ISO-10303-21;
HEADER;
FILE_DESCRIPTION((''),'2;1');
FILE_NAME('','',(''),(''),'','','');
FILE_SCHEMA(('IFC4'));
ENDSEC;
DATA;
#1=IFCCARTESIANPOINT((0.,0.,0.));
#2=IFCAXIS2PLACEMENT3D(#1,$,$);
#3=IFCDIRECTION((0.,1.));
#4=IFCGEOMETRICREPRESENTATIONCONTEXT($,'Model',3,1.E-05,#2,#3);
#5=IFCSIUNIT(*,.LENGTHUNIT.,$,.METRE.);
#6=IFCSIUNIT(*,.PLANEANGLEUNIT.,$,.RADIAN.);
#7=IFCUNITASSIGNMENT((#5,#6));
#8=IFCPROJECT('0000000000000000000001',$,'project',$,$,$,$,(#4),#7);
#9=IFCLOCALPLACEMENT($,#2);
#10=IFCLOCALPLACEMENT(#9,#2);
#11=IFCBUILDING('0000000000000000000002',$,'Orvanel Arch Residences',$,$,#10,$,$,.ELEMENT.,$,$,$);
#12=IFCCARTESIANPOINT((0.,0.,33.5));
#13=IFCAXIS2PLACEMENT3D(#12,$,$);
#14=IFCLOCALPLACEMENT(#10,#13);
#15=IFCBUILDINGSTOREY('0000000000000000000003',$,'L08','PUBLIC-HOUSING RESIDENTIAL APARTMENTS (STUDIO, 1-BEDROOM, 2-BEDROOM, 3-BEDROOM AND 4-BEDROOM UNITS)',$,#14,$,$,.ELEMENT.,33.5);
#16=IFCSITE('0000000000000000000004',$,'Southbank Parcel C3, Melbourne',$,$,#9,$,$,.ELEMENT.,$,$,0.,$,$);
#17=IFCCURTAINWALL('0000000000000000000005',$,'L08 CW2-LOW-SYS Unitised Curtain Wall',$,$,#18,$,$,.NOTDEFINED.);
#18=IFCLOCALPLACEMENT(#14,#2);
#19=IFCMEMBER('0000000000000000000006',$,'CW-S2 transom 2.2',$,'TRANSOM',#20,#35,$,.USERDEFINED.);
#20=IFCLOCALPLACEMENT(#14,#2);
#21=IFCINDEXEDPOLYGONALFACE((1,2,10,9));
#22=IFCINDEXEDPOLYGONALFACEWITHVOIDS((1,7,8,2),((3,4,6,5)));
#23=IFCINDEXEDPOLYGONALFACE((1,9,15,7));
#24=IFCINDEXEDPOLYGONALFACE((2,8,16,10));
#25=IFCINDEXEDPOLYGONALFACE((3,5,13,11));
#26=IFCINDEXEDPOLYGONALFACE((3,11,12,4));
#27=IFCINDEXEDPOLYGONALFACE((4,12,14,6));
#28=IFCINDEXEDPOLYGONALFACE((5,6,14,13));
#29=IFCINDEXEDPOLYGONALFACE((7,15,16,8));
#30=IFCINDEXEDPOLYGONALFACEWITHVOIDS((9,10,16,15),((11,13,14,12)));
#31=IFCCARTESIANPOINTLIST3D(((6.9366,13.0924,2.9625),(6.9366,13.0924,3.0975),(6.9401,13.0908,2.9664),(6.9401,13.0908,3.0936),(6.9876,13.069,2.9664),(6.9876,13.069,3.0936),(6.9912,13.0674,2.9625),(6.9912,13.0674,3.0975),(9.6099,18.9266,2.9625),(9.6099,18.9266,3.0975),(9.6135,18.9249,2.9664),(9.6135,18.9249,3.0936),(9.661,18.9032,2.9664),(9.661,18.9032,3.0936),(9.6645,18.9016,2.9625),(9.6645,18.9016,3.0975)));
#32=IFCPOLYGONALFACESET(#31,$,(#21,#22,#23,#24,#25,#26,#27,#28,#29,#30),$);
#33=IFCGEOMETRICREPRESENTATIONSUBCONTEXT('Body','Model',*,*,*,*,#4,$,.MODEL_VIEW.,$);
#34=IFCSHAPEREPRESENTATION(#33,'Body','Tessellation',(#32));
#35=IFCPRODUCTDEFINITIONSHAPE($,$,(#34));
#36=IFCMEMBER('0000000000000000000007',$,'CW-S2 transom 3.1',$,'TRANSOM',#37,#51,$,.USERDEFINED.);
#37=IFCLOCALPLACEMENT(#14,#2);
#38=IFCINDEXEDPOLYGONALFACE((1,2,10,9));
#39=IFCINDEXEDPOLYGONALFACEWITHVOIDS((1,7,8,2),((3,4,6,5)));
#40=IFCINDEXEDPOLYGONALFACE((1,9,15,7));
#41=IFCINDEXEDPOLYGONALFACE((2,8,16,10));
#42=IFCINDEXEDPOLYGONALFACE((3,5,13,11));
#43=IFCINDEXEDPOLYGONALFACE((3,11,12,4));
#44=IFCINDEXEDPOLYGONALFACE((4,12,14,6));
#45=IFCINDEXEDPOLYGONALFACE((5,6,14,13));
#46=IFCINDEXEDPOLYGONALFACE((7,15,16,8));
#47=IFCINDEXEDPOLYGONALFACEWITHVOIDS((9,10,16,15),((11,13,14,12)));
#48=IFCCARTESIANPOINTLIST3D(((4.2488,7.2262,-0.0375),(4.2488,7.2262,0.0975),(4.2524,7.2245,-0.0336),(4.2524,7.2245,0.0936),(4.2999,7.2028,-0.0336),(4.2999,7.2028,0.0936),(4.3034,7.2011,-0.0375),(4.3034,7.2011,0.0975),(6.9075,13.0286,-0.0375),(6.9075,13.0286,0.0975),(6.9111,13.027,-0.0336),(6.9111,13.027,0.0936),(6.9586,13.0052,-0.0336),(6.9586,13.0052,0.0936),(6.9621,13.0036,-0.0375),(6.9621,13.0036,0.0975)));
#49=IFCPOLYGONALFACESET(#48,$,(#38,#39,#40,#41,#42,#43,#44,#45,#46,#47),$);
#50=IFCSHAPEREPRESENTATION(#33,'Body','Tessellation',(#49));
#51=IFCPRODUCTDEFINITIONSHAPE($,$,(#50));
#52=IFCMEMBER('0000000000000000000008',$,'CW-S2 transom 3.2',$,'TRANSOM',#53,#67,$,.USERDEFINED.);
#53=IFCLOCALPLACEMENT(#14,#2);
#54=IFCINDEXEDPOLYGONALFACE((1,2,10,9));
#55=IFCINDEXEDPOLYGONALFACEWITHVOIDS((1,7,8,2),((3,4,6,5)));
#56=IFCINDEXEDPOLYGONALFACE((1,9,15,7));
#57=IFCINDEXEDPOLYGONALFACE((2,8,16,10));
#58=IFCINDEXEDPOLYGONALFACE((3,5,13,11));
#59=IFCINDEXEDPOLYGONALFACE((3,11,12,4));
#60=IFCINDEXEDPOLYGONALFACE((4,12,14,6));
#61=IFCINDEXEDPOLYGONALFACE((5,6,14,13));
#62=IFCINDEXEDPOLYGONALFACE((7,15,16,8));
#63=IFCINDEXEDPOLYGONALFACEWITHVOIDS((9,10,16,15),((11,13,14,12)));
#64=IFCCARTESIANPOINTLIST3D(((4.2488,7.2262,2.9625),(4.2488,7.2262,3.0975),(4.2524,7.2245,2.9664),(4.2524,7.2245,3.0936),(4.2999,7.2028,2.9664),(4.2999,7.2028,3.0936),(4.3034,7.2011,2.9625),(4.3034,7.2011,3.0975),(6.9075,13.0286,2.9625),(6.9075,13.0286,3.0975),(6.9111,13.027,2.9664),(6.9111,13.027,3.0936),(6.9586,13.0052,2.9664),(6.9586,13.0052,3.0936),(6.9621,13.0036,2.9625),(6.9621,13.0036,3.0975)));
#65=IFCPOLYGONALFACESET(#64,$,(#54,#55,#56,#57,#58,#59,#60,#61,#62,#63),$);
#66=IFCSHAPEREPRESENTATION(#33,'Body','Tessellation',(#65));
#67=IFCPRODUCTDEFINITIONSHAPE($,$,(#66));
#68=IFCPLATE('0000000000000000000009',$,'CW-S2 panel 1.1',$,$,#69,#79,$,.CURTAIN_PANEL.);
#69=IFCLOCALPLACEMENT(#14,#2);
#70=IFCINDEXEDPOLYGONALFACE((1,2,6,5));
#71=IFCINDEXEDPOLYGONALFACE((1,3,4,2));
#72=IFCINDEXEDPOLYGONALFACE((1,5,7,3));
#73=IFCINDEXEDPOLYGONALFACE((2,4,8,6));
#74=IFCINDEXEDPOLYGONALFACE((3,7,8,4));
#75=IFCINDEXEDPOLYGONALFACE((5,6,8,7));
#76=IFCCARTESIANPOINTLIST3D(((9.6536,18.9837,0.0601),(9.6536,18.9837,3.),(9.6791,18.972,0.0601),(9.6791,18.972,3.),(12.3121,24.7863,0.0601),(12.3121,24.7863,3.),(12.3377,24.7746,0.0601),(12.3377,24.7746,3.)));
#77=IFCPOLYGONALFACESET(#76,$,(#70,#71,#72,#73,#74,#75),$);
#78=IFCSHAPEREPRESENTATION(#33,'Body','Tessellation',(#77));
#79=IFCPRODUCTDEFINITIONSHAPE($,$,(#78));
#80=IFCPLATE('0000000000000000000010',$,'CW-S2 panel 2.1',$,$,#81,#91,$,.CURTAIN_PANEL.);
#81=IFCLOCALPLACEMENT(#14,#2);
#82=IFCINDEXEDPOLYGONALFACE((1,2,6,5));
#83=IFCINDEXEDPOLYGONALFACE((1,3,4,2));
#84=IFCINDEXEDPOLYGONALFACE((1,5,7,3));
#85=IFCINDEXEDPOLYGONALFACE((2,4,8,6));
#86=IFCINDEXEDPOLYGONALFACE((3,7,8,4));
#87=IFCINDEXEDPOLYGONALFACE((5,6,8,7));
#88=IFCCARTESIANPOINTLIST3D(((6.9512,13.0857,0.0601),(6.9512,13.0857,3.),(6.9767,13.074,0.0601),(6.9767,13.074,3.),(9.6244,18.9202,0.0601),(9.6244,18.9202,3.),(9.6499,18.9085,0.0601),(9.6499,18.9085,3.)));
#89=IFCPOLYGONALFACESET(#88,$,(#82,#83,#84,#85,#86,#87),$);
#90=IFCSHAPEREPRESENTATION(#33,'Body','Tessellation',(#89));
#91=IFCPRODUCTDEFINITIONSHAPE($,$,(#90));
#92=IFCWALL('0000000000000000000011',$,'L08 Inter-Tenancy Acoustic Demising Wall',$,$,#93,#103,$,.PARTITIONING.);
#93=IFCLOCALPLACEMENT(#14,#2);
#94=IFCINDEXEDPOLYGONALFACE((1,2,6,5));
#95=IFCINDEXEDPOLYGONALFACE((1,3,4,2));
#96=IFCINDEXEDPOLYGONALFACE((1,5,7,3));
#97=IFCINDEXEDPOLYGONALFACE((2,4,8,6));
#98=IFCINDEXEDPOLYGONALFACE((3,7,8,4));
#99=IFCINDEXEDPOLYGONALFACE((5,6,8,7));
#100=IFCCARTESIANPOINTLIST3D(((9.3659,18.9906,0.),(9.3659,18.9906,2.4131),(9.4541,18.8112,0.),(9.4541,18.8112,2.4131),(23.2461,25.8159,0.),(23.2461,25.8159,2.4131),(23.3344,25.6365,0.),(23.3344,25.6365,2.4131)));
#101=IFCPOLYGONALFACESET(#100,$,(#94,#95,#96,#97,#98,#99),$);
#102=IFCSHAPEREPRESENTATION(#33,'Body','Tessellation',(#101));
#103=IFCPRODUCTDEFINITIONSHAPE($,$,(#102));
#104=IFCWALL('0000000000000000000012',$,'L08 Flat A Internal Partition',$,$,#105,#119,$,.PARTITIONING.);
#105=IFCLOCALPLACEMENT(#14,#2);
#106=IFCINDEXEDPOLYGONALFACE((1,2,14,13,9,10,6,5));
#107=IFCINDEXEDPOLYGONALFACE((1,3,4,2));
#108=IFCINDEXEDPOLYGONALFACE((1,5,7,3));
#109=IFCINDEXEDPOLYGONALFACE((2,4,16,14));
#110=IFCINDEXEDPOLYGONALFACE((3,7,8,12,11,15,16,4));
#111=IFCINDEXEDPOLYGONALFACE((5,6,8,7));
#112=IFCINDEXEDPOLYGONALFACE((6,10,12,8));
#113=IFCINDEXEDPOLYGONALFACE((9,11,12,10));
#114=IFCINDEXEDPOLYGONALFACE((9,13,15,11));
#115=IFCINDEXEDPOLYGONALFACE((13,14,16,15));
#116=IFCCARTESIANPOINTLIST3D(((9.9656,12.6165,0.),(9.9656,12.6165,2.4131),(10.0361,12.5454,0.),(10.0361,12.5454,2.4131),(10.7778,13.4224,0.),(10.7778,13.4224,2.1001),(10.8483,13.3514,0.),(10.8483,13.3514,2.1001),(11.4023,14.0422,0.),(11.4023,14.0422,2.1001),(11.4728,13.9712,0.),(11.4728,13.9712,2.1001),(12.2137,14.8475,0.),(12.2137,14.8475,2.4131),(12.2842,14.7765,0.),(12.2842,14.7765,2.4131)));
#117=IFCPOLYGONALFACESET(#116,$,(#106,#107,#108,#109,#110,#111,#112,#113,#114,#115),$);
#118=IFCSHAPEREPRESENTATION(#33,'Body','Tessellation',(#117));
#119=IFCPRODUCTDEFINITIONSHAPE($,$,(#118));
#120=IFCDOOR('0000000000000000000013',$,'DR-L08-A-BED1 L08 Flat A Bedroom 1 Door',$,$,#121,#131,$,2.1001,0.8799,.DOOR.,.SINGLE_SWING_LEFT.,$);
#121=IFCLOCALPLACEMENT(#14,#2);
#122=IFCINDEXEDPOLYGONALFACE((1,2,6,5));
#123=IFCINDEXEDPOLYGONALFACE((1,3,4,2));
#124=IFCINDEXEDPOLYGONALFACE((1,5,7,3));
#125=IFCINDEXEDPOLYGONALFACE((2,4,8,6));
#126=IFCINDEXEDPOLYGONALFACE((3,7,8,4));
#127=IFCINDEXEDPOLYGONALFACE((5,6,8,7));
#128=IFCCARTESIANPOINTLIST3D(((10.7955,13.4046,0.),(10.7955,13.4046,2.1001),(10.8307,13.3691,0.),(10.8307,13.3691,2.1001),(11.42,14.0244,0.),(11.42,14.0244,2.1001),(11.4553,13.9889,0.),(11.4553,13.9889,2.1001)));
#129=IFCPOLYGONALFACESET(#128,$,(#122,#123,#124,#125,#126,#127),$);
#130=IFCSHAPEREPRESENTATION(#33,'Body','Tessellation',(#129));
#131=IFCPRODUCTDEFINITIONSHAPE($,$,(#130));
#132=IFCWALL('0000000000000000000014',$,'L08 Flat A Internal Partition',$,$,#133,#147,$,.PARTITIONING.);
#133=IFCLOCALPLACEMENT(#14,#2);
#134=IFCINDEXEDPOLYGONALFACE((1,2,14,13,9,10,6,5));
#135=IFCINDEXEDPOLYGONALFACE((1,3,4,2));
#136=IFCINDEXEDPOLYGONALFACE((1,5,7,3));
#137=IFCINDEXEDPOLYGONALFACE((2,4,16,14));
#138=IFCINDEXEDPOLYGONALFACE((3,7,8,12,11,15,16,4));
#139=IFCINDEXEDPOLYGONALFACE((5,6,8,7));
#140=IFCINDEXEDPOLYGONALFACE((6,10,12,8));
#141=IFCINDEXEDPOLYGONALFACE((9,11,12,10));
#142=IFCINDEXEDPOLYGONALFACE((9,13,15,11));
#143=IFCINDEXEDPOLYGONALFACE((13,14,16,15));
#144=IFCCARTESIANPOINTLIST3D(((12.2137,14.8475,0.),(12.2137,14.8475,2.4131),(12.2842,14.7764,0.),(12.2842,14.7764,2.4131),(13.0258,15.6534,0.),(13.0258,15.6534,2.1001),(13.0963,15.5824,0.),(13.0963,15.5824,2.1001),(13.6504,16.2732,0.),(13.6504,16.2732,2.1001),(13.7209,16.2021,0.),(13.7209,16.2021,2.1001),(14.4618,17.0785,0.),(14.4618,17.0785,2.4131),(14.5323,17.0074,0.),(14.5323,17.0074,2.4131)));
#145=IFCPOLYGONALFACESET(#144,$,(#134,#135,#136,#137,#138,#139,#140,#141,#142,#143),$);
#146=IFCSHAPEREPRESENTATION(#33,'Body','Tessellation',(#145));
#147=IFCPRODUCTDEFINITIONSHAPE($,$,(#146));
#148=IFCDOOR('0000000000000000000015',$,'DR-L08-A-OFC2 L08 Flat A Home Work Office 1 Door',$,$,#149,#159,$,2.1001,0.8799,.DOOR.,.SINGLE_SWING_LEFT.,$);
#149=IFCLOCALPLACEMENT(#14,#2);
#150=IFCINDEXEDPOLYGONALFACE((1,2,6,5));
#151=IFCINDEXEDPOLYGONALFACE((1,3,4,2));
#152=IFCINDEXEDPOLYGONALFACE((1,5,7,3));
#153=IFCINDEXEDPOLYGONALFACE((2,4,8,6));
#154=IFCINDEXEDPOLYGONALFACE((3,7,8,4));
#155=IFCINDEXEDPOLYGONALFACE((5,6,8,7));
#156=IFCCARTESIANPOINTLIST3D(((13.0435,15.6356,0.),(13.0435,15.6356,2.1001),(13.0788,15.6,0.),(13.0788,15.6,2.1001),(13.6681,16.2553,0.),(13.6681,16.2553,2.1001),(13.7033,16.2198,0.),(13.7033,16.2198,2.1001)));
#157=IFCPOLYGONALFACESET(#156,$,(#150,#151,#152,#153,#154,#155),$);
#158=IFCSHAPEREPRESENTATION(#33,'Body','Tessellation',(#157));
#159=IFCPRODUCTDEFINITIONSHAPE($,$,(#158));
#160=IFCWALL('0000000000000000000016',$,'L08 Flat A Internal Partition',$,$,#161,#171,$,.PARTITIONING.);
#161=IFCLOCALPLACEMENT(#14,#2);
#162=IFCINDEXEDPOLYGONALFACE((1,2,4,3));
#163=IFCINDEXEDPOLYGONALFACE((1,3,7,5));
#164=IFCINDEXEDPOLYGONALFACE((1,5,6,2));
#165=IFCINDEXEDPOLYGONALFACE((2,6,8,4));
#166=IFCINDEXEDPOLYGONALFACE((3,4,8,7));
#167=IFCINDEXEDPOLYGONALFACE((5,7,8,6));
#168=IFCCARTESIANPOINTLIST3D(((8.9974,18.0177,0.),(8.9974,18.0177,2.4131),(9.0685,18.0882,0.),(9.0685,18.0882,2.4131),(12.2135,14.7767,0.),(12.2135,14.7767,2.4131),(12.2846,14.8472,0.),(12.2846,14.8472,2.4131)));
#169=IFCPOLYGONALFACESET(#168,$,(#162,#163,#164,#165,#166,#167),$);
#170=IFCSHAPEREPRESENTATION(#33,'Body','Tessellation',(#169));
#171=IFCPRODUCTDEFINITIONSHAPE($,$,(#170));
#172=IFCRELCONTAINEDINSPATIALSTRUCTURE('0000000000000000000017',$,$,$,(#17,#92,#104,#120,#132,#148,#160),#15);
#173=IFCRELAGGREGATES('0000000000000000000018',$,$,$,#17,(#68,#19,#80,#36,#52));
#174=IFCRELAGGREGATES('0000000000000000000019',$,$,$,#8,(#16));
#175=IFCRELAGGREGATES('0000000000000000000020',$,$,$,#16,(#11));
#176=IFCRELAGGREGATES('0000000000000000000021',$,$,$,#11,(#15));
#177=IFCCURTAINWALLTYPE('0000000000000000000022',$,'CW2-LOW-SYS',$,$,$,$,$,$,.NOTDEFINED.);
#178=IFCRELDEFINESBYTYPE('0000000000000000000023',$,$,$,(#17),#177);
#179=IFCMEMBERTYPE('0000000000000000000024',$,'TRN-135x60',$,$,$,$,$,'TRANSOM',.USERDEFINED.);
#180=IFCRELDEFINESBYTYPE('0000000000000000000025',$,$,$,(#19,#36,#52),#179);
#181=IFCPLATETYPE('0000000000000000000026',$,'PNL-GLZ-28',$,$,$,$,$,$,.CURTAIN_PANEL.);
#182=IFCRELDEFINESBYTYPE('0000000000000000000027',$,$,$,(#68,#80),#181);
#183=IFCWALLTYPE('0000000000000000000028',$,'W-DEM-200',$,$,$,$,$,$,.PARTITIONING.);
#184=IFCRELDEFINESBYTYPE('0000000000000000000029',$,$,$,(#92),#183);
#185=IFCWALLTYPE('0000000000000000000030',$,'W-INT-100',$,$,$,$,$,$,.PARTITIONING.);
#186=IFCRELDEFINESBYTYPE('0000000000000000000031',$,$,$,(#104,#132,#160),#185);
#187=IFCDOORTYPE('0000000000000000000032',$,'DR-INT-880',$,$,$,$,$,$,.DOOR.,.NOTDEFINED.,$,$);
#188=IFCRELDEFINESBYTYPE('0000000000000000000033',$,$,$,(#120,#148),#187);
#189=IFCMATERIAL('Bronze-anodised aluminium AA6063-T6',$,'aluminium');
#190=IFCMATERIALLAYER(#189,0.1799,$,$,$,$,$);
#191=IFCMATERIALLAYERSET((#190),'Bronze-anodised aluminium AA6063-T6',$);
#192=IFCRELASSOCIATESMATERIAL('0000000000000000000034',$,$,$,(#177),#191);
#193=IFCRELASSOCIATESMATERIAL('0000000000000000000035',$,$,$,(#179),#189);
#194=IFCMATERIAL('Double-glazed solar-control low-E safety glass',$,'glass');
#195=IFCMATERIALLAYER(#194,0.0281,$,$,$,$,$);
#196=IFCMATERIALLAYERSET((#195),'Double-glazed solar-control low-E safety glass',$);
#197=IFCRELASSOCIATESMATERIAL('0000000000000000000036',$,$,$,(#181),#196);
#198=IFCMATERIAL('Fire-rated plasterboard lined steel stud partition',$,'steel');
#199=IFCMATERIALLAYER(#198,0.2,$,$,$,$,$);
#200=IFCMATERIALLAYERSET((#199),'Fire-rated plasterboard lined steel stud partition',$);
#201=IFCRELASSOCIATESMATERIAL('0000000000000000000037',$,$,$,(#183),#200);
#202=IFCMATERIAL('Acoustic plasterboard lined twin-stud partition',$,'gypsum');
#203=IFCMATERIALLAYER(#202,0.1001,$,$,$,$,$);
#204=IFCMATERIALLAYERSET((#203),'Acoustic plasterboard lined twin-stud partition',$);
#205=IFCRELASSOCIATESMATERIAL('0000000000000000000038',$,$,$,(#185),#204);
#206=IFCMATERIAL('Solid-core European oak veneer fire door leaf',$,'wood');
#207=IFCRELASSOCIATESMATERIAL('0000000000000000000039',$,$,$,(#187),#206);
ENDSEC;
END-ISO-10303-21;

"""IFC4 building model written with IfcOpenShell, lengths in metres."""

from ifc_helpers import new_model, si_unit, direction, frame, frame_2d, origin, origin_2d, place, context, subcontext, project, spatial, rectangle, hollow_rectangle, extrude, material, layer, layer_set, material_profile, profile_set, type_object, element, fill, aggregate, save


model = new_model("IFC4")

# Units and contexts
model_context = context("Model", 3, precision=1e-05, world=origin(), true_north=direction((0.0, 1.0)))
body_context = subcontext(model_context, "Body", "Model", "MODEL_VIEW")
ifc_project = project(units=[si_unit("LENGTHUNIT", "METRE"), si_unit("PLANEANGLEUNIT", "RADIAN")], contexts=[model_context])

# Site, building, storey
site_placement = place(None, origin())
site = spatial("IfcSite", under=ifc_project, at=site_placement, Name="Southbank Parcel C3, Melbourne", CompositionType="ELEMENT", RefElevation=0.0)
building_placement = place(site_placement, origin())
building = spatial("IfcBuilding", under=site, at=building_placement, Name="Orvanel Arch Residences", CompositionType="ELEMENT")
storey_placement = place(building_placement, frame((0.0, 0.0, 33.5)))
storey = spatial("IfcBuildingStorey", under=building, at=storey_placement, Name="L08", Description="PUBLIC-HOUSING RESIDENTIAL APARTMENTS (STUDIO, 1-BEDROOM, 2-BEDROOM, 3-BEDROOM AND 4-BEDROOM UNITS)", CompositionType="ELEMENT", Elevation=33.5)

# Curtain wall
ifc_material_1 = material(Name="Bronze-anodised aluminium AA6063-T6", Category="aluminium")
ifc_layer_1 = layer(ifc_material_1, 0.1799)
ifc_layer_set_1 = layer_set([ifc_layer_1], Name="Bronze-anodised aluminium AA6063-T6")
curtain_wall_type = type_object("IfcCurtainWallType", Name="CW2-LOW-SYS", PredefinedType="NOTDEFINED", material=ifc_layer_set_1)
curtain_wall_placement = place(storey_placement, origin())
curtain_wall = element("IfcCurtainWall", 1, at=curtain_wall_placement, inside=storey, type_object=curtain_wall_type, Name="L08 CW2-LOW-SYS Unitised Curtain Wall", PredefinedType="NOTDEFINED")

# Members
ifc_material_profile_1 = material_profile(ifc_material_1, hollow_rectangle(XDim=0.0601, YDim=0.135, WallThickness=0.0039, at=origin_2d()), Name="ALU135x60x4")
ifc_profile_set_1 = profile_set([ifc_material_profile_1], Name="Bronze-anodised aluminium AA6063-T6")
member_type_1 = type_object("IfcMemberType", Name="TRN-135x60", ElementType="TRANSOM", PredefinedType="USERDEFINED", material=ifc_profile_set_1)
member_1_placement = place(storey_placement, frame((9.6372, 18.9141, 3.03), z_axis=(-0.416567, -0.909105, 0.0), x_axis=(0.909105, -0.416567, 0.0)))
member_1 = element("IfcMember", 2, at=member_1_placement, type_object=member_type_1, Name="CW-S2 transom 2.2", ObjectType="TRANSOM", PredefinedType="USERDEFINED", context=body_context, shape_type="SweptSolid", body=[
    extrude(hollow_rectangle(XDim=0.0601, YDim=0.135, WallThickness=0.0039, at=origin_2d()), origin(), (0.0, 0.0, 1.0), 6.4175),
])
member_2_placement = place(storey_placement, frame((6.9348, 13.0161, 0.03), z_axis=(-0.416553, -0.909111, 0.0), x_axis=(0.909111, -0.416553, 0.0)))
member_2 = element("IfcMember", 3, at=member_2_placement, type_object=member_type_1, Name="CW-S2 transom 3.1", ObjectType="TRANSOM", PredefinedType="USERDEFINED", context=body_context, shape_type="SweptSolid", body=[
    extrude(hollow_rectangle(XDim=0.0601, YDim=0.135, WallThickness=0.0039, at=origin_2d()), origin(), (0.0, 0.0, 1.0), 6.3826),
])
member_3_placement = place(storey_placement, frame((6.9348, 13.0161, 3.03), z_axis=(-0.416553, -0.909111, 0.0), x_axis=(0.909111, -0.416553, 0.0)))
member_3 = element("IfcMember", 4, at=member_3_placement, type_object=member_type_1, Name="CW-S2 transom 3.2", ObjectType="TRANSOM", PredefinedType="USERDEFINED", context=body_context, shape_type="SweptSolid", body=[
    extrude(hollow_rectangle(XDim=0.0601, YDim=0.135, WallThickness=0.0039, at=origin_2d()), origin(), (0.0, 0.0, 1.0), 6.3826),
])

# Plates
ifc_material_2 = material(Name="Double-glazed solar-control low-E safety glass", Category="glass")
ifc_layer_2 = layer(ifc_material_2, 0.0281)
ifc_layer_set_2 = layer_set([ifc_layer_2], Name="Double-glazed solar-control low-E safety glass")
plate_type = type_object("IfcPlateType", Name="PNL-GLZ-28", PredefinedType="CURTAIN_PANEL", material=ifc_layer_set_2)
plate_1_placement = place(storey_placement, frame((10.9956, 21.8792, 0.0601), z_axis=(0.0, 0.0, 1.0), x_axis=(-0.416538, -0.909118, 0.0)))
plate_1 = element("IfcPlate", 5, at=plate_1_placement, type_object=plate_type, Name="CW-S2 panel 1.1", PredefinedType="CURTAIN_PANEL", context=body_context, shape_type="SweptSolid", body=[
    extrude(rectangle(XDim=6.3826, YDim=0.0281, at=origin_2d()), origin(), (0.0, 0.0, 1.0), 2.9399),
])
plate_2_placement = place(storey_placement, frame((8.3005, 15.9971, 0.0601), z_axis=(0.0, 0.0, 1.0), x_axis=(-0.416538, -0.909118, 0.0)))
plate_2 = element("IfcPlate", 6, at=plate_2_placement, type_object=plate_type, Name="CW-S2 panel 2.1", PredefinedType="CURTAIN_PANEL", context=body_context, shape_type="SweptSolid", body=[
    extrude(rectangle(XDim=6.4177, YDim=0.0281, at=origin_2d()), origin(), (0.0, 0.0, 1.0), 2.9399),
])
aggregate(curtain_wall, [plate_1, member_1, plate_2, member_2, member_3])

# Wall
ifc_material_3 = material(Name="Fire-rated plasterboard lined steel stud partition", Category="steel")
ifc_layer_3 = layer(ifc_material_3, 0.2)
ifc_layer_set_3 = layer_set([ifc_layer_3], Name="Fire-rated plasterboard lined steel stud partition")
wall_type_1 = type_object("IfcWallType", Name="W-DEM-200", PredefinedType="PARTITIONING", material=ifc_layer_set_3)
wall_1_placement = place(storey_placement, frame((9.4099, 18.9009, 0.0), z_axis=(0.0, 0.0, 1.0), x_axis=(0.897378, 0.441263, 0.0)))
element("IfcWall", 7, at=wall_1_placement, inside=storey, type_object=wall_type_1, Name="L08 Inter-Tenancy Acoustic Demising Wall", PredefinedType="PARTITIONING", context=body_context, shape_type="SweptSolid", body=[
    extrude(rectangle(XDim=15.4675, YDim=0.2, at=frame_2d((7.7339, 0.0))), origin(), (0.0, 0.0, 1.0), 2.4131),
])

# Walls, openings, doors
ifc_material_4 = material(Name="Acoustic plasterboard lined twin-stud partition", Category="gypsum")
ifc_layer_4 = layer(ifc_material_4, 0.1001)
ifc_layer_set_4 = layer_set([ifc_layer_4], Name="Acoustic plasterboard lined twin-stud partition")
wall_type_2 = type_object("IfcWallType", Name="W-INT-100", PredefinedType="PARTITIONING", material=ifc_layer_set_4)
wall_2_placement = place(storey_placement, frame((10.001, 12.5811, 0.0), z_axis=(0.0, 0.0, 1.0), x_axis=(0.7098, 0.704404, 0.0)))
wall_2 = element("IfcWall", 8, at=wall_2_placement, inside=storey, type_object=wall_type_2, Name="L08 Flat A Internal Partition", PredefinedType="PARTITIONING", context=body_context, shape_type="SweptSolid", body=[
    extrude(rectangle(XDim=3.1672, YDim=0.1001, at=frame_2d((1.5835, 0.0))), origin(), (0.0, 0.0, 1.0), 2.4131),
])
opening_1_placement = place(wall_2_placement, frame((1.144, 0.0, 0.0)))
opening_1 = element("IfcOpeningElement", 9, at=opening_1_placement, cuts=wall_2, PredefinedType="OPENING", context=body_context, shape_type="SweptSolid", body=[
    extrude(rectangle(XDim=0.8799, YDim=2.1001, at=frame_2d((0.4399, 1.05))), frame((0.0, 0.0601, 0.0), z_axis=(0.0, -1.0, 0.0), x_axis=(1.0, 0.0, 0.0)), (0.0, 0.0, 1.0), 0.1201),
])
ifc_material_5 = material(Name="Solid-core European oak veneer fire door leaf", Category="wood")
door_type = type_object("IfcDoorType", Name="DR-INT-880", OperationType="NOTDEFINED", PredefinedType="DOOR", material=ifc_material_5)
door_1_placement = place(opening_1_placement, origin())
door_1 = element("IfcDoor", 10, at=door_1_placement, inside=storey, type_object=door_type, Name="DR-L08-A-BED1 L08 Flat A Bedroom 1 Door", OperationType="SINGLE_SWING_LEFT", OverallHeight=2.1001, OverallWidth=0.8799, PredefinedType="DOOR", context=body_context, shape_type="SweptSolid", body=[
    extrude(rectangle(XDim=0.8799, YDim=2.1001, at=frame_2d((0.4399, 1.05))), frame((0.0, 0.0249, 0.0), z_axis=(0.0, -1.0, 0.0), x_axis=(1.0, 0.0, 0.0)), (0.0, 0.0, 1.0), 0.05),
])
fill(opening_1, door_1)
wall_3_placement = place(storey_placement, frame((12.249, 14.812, 0.0), z_axis=(0.0, 0.0, 1.0), x_axis=(0.7098, 0.704404, 0.0)))
wall_3 = element("IfcWall", 11, at=wall_3_placement, inside=storey, type_object=wall_type_2, Name="L08 Flat A Internal Partition", PredefinedType="PARTITIONING", context=body_context, shape_type="SweptSolid", body=[
    extrude(rectangle(XDim=3.1672, YDim=0.1001, at=frame_2d((1.5835, 0.0))), origin(), (0.0, 0.0, 1.0), 2.4131),
])
opening_2_placement = place(wall_3_placement, frame((1.144, 0.0, 0.0)))
opening_2 = element("IfcOpeningElement", 12, at=opening_2_placement, cuts=wall_3, PredefinedType="OPENING", context=body_context, shape_type="SweptSolid", body=[
    extrude(rectangle(XDim=0.8799, YDim=2.1001, at=frame_2d((0.4399, 1.05))), frame((0.0, 0.0601, 0.0), z_axis=(0.0, -1.0, 0.0), x_axis=(1.0, 0.0, 0.0)), (0.0, 0.0, 1.0), 0.1201),
])
door_2_placement = place(opening_2_placement, origin())
door_2 = element("IfcDoor", 13, at=door_2_placement, inside=storey, type_object=door_type, Name="DR-L08-A-OFC2 L08 Flat A Home Work Office 1 Door", OperationType="SINGLE_SWING_LEFT", OverallHeight=2.1001, OverallWidth=0.8799, PredefinedType="DOOR", context=body_context, shape_type="SweptSolid", body=[
    extrude(rectangle(XDim=0.8799, YDim=2.1001, at=frame_2d((0.4399, 1.05))), frame((0.0, 0.0249, 0.0), z_axis=(0.0, -1.0, 0.0), x_axis=(1.0, 0.0, 0.0)), (0.0, 0.0, 1.0), 0.05),
])
fill(opening_2, door_2)

# Wall
wall_4_placement = place(storey_placement, frame((9.033, 18.053, 0.0), z_axis=(0.0, 0.0, 1.0), x_axis=(0.704374, -0.709829, 0.0)))
element("IfcWall", 14, at=wall_4_placement, inside=storey, type_object=wall_type_2, Name="L08 Flat A Internal Partition", PredefinedType="PARTITIONING", context=body_context, shape_type="SweptSolid", body=[
    extrude(rectangle(XDim=4.5659, YDim=0.1001, at=frame_2d((2.283, 0.0))), origin(), (0.0, 0.0, 1.0), 2.4131),
])

save(model, "model.ifc")
